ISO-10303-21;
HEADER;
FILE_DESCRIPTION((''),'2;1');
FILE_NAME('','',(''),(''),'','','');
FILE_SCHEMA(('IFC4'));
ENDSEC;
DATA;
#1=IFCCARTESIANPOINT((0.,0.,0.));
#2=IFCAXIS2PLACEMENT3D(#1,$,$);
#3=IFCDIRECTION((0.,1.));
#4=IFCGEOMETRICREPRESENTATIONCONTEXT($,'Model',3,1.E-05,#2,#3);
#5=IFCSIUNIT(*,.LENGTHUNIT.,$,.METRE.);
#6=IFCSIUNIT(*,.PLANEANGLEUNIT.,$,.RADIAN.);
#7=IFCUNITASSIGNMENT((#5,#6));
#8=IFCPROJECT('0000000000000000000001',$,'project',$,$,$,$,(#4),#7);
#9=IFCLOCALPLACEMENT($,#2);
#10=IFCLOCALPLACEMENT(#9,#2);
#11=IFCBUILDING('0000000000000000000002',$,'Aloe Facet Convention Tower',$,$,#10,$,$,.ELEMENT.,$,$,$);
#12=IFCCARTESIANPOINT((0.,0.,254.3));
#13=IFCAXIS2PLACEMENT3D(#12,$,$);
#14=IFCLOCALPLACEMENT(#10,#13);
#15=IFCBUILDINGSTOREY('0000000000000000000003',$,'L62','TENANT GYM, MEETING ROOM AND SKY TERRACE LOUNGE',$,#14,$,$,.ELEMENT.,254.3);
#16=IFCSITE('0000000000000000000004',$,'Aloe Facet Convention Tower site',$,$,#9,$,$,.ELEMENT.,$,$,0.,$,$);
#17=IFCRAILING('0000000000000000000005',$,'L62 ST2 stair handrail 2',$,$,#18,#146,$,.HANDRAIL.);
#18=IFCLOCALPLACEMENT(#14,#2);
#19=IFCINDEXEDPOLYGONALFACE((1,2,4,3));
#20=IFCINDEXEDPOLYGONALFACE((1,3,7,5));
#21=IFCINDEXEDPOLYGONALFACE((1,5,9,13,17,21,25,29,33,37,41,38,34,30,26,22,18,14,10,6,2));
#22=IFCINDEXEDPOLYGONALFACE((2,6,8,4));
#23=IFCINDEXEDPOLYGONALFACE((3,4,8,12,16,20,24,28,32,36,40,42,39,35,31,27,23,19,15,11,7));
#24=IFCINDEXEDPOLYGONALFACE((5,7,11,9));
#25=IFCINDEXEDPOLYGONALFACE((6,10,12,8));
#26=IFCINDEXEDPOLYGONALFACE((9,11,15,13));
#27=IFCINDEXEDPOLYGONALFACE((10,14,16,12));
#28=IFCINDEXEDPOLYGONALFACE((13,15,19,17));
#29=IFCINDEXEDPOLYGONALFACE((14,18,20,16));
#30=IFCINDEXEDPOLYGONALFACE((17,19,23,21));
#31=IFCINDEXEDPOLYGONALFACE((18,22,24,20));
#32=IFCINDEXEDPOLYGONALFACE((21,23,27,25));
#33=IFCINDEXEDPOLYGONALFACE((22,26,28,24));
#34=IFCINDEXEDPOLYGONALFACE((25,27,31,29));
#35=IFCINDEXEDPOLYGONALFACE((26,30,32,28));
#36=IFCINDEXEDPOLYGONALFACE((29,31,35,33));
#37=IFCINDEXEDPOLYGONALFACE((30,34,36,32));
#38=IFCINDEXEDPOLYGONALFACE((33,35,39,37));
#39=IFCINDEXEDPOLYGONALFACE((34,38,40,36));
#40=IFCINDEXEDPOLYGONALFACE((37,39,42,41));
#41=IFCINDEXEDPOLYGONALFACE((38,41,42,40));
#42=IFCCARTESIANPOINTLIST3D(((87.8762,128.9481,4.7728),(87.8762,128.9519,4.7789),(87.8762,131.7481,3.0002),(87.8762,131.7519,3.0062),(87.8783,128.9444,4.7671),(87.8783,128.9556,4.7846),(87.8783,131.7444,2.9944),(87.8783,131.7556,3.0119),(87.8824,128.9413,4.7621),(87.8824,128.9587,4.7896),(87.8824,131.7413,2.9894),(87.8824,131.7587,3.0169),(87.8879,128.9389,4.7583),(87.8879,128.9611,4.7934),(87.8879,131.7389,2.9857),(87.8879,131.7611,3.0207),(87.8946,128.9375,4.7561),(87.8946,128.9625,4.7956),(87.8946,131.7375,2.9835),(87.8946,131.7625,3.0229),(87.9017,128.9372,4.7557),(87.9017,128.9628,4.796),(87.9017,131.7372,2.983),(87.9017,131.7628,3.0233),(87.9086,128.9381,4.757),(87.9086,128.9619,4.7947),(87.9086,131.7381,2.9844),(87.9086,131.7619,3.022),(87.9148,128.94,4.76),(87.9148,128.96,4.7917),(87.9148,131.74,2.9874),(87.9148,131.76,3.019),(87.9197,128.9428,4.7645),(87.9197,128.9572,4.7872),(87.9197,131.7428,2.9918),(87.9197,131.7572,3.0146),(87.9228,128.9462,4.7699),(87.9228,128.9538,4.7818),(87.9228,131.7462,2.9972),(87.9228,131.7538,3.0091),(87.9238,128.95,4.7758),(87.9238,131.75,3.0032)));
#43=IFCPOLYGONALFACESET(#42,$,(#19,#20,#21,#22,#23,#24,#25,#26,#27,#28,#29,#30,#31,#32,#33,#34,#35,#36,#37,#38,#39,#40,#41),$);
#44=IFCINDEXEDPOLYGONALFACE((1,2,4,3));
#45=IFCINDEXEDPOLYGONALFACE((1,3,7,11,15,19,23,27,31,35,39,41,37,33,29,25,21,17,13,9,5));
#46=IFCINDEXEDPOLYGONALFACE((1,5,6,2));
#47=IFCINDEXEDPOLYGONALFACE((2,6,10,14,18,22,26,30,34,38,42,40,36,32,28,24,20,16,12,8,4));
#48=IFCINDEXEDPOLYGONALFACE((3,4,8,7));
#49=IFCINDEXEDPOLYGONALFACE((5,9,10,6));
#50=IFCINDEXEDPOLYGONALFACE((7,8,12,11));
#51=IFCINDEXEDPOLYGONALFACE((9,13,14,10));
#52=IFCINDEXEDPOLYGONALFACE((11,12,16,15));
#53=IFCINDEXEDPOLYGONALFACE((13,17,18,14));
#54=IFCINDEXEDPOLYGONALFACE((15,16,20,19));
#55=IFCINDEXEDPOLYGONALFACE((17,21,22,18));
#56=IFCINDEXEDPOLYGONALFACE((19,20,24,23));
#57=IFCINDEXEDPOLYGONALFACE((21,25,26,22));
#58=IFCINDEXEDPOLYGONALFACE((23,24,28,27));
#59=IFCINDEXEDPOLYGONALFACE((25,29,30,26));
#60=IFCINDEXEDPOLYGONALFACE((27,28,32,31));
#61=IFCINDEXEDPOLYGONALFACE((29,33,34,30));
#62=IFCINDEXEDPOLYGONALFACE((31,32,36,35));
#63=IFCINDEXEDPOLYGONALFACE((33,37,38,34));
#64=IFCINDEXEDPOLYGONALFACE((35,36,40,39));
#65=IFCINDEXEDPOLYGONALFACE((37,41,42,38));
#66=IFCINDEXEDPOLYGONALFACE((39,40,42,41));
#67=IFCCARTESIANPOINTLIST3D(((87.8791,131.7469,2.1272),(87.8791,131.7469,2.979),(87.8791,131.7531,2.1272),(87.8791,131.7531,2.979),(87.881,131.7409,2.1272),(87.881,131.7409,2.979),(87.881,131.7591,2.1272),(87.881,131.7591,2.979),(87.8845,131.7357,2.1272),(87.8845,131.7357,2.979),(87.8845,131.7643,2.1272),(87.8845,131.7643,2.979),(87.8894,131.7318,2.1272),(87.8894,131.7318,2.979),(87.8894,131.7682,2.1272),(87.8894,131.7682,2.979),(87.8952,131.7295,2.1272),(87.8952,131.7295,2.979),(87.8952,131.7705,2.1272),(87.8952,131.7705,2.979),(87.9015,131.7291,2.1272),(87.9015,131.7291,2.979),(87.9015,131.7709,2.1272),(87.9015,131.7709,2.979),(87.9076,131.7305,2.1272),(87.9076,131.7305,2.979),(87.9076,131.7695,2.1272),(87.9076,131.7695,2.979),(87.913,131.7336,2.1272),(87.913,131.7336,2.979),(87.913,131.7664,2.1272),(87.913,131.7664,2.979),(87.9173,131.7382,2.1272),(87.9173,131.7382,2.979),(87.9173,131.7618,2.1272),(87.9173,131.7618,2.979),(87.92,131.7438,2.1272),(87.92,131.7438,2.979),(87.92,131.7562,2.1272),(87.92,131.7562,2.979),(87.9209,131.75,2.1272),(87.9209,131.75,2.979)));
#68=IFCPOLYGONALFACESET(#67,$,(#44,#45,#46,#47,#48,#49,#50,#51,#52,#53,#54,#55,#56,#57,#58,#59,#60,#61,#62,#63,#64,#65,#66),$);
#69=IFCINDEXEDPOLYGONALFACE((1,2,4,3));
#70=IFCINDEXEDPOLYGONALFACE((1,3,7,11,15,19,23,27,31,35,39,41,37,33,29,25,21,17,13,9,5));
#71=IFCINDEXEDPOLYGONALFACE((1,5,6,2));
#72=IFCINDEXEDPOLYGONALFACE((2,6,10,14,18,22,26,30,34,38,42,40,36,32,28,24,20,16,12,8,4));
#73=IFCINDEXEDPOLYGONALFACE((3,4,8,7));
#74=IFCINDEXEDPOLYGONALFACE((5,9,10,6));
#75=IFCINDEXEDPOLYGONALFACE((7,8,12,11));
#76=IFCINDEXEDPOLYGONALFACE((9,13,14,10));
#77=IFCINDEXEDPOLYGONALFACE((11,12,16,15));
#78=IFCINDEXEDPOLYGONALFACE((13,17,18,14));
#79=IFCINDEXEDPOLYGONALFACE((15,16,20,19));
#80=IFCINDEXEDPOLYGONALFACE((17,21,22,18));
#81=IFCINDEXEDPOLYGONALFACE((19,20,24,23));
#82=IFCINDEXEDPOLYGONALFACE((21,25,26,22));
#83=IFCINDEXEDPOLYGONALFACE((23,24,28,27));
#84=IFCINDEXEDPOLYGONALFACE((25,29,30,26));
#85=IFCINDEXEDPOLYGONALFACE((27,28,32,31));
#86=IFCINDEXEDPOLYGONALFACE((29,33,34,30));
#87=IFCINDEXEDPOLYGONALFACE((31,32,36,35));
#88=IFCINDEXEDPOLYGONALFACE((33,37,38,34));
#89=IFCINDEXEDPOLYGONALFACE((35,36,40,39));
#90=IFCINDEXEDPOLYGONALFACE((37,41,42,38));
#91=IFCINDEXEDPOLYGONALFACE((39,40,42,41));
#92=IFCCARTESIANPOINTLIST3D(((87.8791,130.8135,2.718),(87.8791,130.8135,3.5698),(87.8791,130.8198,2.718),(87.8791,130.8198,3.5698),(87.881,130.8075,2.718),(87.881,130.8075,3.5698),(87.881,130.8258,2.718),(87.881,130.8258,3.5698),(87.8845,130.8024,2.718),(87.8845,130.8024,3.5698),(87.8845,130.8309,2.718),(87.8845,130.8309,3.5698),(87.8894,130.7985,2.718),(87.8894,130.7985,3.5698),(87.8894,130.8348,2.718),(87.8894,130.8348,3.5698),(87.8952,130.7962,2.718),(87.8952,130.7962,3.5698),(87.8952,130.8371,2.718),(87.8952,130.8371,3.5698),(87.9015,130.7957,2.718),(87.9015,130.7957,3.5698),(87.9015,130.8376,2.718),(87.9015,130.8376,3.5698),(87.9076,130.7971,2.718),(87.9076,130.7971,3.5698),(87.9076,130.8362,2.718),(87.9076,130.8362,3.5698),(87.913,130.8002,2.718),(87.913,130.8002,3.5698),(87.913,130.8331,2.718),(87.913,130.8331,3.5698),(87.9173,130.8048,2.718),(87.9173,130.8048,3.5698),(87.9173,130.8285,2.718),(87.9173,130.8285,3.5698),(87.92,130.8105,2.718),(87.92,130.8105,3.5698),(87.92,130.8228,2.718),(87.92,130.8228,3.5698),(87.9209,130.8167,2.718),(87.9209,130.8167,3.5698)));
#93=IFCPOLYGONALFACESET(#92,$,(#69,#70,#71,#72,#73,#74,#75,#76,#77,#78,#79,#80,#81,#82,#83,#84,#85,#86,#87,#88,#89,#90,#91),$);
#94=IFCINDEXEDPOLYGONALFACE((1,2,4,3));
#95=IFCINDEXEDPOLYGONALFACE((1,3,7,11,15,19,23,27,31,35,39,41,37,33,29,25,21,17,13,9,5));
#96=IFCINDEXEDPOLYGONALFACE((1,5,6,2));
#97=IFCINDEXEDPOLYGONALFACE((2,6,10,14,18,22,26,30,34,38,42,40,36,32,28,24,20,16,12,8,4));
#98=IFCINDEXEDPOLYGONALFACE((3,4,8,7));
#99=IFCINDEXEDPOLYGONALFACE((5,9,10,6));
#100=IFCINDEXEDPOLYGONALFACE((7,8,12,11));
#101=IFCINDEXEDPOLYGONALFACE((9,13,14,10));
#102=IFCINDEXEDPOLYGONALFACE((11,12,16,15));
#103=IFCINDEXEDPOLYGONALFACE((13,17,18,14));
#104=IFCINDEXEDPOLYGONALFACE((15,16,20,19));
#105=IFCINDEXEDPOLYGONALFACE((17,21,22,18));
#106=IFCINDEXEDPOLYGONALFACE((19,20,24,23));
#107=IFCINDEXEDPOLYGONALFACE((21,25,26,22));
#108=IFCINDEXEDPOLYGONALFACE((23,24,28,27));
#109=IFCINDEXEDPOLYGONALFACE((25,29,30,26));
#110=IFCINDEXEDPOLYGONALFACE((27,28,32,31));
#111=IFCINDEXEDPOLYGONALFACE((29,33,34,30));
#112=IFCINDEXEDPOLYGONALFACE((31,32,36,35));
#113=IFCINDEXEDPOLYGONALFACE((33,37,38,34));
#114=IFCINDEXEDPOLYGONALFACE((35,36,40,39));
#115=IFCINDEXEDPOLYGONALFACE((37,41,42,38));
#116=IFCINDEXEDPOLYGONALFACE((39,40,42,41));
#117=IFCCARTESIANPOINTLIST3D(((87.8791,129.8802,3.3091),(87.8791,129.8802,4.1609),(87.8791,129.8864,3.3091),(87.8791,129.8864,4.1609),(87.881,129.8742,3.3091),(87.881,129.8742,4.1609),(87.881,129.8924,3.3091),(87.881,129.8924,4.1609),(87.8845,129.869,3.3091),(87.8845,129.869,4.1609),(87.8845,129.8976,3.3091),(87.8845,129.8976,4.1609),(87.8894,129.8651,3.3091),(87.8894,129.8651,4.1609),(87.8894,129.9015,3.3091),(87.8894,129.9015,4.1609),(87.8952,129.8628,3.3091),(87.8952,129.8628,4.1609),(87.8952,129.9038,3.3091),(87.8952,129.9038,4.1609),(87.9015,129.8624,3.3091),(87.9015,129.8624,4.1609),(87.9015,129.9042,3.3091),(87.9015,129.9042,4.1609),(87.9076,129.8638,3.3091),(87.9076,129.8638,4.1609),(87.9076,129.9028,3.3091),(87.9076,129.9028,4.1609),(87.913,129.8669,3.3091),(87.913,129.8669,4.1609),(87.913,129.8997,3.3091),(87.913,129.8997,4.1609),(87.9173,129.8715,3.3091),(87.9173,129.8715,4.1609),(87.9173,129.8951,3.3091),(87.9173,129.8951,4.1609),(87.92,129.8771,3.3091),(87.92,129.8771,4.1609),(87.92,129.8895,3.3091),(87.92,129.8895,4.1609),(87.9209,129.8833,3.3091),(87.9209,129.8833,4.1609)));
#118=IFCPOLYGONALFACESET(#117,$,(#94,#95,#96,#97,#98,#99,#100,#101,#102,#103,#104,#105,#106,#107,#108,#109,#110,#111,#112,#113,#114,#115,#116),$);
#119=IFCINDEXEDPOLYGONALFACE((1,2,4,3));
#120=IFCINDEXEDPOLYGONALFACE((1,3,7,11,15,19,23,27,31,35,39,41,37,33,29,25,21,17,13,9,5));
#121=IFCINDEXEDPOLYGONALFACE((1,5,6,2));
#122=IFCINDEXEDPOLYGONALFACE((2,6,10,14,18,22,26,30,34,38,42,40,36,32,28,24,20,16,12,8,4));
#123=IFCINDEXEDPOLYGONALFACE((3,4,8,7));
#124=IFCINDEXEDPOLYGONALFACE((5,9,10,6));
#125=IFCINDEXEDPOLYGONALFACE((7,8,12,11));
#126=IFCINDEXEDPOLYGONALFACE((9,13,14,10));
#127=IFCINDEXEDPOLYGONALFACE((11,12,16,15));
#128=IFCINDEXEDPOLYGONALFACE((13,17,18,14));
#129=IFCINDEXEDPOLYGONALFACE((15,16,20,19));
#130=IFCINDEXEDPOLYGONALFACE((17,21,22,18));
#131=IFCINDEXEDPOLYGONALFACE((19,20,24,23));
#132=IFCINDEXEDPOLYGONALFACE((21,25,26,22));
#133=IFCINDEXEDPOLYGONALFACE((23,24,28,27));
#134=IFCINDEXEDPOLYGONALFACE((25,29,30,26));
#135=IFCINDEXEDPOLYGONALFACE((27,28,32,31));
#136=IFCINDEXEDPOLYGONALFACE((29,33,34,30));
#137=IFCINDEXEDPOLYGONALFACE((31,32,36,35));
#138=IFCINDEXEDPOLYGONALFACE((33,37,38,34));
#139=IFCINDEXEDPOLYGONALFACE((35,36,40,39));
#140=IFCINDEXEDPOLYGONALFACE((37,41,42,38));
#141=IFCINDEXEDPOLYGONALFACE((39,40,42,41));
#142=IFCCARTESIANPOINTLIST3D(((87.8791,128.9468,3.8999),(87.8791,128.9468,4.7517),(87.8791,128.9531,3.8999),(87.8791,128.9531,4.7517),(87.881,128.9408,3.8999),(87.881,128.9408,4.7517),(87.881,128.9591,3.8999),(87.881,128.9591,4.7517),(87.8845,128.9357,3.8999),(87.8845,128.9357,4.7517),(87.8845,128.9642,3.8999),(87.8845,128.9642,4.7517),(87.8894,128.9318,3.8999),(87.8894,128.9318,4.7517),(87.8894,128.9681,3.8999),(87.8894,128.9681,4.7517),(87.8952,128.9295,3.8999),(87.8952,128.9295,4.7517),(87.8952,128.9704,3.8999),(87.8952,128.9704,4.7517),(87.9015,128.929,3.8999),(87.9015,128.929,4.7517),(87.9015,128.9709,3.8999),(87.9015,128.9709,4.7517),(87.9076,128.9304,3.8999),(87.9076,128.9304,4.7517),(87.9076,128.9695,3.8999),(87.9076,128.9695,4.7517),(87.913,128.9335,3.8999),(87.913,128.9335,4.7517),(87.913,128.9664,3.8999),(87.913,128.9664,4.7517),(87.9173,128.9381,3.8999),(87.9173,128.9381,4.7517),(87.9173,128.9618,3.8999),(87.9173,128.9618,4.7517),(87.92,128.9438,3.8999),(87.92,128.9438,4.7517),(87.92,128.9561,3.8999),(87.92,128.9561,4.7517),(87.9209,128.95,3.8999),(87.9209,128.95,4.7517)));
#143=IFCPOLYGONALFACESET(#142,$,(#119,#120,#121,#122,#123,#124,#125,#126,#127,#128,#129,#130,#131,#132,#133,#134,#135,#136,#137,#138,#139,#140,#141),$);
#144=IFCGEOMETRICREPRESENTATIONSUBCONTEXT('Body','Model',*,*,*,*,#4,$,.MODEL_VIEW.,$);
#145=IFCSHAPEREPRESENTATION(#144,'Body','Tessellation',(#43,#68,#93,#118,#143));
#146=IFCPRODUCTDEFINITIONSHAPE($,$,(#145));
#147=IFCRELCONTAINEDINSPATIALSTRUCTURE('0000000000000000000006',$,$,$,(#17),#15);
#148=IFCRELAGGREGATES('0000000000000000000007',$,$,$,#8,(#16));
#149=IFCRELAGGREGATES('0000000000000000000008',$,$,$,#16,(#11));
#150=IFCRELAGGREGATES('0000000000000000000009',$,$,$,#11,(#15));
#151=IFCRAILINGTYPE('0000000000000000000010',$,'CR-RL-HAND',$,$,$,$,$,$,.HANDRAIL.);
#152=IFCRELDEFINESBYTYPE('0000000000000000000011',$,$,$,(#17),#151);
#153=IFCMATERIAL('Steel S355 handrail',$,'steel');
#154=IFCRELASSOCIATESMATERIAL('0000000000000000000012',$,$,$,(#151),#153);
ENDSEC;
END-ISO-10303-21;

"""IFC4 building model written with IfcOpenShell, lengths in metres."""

from ifc_helpers import new_model, si_unit, direction, frame, origin, origin_2d, place, context, subcontext, project, spatial, circle, extrude, material, type_object, element, save


model = new_model("IFC4")

# Units and contexts
model_context = context("Model", 3, precision=1e-05, world=origin(), true_north=direction((0.0, 1.0)))
body_context = subcontext(model_context, "Body", "Model", "MODEL_VIEW")
ifc_project = project(units=[si_unit("LENGTHUNIT", "METRE"), si_unit("PLANEANGLEUNIT", "RADIAN")], contexts=[model_context])

# Site, building, storey
site_placement = place(None, origin())
site = spatial("IfcSite", under=ifc_project, at=site_placement, Name="Aloe Facet Convention Tower site", CompositionType="ELEMENT", RefElevation=0.0)
building_placement = place(site_placement, origin())
building = spatial("IfcBuilding", under=site, at=building_placement, Name="Aloe Facet Convention Tower", CompositionType="ELEMENT")
storey_placement = place(building_placement, frame((0.0, 0.0, 254.3)))
storey = spatial("IfcBuildingStorey", under=building, at=storey_placement, Name="L62", Description="TENANT GYM, MEETING ROOM AND SKY TERRACE LOUNGE", CompositionType="ELEMENT", Elevation=254.3)

# Railing
ifc_material_1 = material(Name="Steel S355 handrail", Category="steel")
railing_type = type_object("IfcRailingType", Name="CR-RL-HAND", PredefinedType="HANDRAIL", material=ifc_material_1)
railing_placement = place(storey_placement, frame((87.8999, 131.75, 2.1272)))
element("IfcRailing", 1, at=railing_placement, inside=storey, type_object=railing_type, Name="L62 ST2 stair handrail 2", PredefinedType="HANDRAIL", context=body_context, shape_type="SweptSolid", body=[
    extrude(circle(Radius=0.0239, at=origin_2d()), frame((0.0, 0.0, 0.876), z_axis=(0.0, -0.844909, 0.53491), x_axis=(1.0, 0.0, 0.0)), (0.0, 0.0, 1.0), 3.314),
    extrude(circle(Radius=0.021, at=origin_2d()), origin(), (0.0, 0.0, 1.0), 0.8518),
    extrude(circle(Radius=0.021, at=origin_2d()), frame((0.0, -0.9333, 0.5908)), (0.0, 0.0, 1.0), 0.8518),
    extrude(circle(Radius=0.021, at=origin_2d()), frame((0.0, -1.8667, 1.1819)), (0.0, 0.0, 1.0), 0.8518),
    extrude(circle(Radius=0.021, at=origin_2d()), frame((0.0, -2.8, 1.7727)), (0.0, 0.0, 1.0), 0.8518),
])

save(model, "model.ifc")
